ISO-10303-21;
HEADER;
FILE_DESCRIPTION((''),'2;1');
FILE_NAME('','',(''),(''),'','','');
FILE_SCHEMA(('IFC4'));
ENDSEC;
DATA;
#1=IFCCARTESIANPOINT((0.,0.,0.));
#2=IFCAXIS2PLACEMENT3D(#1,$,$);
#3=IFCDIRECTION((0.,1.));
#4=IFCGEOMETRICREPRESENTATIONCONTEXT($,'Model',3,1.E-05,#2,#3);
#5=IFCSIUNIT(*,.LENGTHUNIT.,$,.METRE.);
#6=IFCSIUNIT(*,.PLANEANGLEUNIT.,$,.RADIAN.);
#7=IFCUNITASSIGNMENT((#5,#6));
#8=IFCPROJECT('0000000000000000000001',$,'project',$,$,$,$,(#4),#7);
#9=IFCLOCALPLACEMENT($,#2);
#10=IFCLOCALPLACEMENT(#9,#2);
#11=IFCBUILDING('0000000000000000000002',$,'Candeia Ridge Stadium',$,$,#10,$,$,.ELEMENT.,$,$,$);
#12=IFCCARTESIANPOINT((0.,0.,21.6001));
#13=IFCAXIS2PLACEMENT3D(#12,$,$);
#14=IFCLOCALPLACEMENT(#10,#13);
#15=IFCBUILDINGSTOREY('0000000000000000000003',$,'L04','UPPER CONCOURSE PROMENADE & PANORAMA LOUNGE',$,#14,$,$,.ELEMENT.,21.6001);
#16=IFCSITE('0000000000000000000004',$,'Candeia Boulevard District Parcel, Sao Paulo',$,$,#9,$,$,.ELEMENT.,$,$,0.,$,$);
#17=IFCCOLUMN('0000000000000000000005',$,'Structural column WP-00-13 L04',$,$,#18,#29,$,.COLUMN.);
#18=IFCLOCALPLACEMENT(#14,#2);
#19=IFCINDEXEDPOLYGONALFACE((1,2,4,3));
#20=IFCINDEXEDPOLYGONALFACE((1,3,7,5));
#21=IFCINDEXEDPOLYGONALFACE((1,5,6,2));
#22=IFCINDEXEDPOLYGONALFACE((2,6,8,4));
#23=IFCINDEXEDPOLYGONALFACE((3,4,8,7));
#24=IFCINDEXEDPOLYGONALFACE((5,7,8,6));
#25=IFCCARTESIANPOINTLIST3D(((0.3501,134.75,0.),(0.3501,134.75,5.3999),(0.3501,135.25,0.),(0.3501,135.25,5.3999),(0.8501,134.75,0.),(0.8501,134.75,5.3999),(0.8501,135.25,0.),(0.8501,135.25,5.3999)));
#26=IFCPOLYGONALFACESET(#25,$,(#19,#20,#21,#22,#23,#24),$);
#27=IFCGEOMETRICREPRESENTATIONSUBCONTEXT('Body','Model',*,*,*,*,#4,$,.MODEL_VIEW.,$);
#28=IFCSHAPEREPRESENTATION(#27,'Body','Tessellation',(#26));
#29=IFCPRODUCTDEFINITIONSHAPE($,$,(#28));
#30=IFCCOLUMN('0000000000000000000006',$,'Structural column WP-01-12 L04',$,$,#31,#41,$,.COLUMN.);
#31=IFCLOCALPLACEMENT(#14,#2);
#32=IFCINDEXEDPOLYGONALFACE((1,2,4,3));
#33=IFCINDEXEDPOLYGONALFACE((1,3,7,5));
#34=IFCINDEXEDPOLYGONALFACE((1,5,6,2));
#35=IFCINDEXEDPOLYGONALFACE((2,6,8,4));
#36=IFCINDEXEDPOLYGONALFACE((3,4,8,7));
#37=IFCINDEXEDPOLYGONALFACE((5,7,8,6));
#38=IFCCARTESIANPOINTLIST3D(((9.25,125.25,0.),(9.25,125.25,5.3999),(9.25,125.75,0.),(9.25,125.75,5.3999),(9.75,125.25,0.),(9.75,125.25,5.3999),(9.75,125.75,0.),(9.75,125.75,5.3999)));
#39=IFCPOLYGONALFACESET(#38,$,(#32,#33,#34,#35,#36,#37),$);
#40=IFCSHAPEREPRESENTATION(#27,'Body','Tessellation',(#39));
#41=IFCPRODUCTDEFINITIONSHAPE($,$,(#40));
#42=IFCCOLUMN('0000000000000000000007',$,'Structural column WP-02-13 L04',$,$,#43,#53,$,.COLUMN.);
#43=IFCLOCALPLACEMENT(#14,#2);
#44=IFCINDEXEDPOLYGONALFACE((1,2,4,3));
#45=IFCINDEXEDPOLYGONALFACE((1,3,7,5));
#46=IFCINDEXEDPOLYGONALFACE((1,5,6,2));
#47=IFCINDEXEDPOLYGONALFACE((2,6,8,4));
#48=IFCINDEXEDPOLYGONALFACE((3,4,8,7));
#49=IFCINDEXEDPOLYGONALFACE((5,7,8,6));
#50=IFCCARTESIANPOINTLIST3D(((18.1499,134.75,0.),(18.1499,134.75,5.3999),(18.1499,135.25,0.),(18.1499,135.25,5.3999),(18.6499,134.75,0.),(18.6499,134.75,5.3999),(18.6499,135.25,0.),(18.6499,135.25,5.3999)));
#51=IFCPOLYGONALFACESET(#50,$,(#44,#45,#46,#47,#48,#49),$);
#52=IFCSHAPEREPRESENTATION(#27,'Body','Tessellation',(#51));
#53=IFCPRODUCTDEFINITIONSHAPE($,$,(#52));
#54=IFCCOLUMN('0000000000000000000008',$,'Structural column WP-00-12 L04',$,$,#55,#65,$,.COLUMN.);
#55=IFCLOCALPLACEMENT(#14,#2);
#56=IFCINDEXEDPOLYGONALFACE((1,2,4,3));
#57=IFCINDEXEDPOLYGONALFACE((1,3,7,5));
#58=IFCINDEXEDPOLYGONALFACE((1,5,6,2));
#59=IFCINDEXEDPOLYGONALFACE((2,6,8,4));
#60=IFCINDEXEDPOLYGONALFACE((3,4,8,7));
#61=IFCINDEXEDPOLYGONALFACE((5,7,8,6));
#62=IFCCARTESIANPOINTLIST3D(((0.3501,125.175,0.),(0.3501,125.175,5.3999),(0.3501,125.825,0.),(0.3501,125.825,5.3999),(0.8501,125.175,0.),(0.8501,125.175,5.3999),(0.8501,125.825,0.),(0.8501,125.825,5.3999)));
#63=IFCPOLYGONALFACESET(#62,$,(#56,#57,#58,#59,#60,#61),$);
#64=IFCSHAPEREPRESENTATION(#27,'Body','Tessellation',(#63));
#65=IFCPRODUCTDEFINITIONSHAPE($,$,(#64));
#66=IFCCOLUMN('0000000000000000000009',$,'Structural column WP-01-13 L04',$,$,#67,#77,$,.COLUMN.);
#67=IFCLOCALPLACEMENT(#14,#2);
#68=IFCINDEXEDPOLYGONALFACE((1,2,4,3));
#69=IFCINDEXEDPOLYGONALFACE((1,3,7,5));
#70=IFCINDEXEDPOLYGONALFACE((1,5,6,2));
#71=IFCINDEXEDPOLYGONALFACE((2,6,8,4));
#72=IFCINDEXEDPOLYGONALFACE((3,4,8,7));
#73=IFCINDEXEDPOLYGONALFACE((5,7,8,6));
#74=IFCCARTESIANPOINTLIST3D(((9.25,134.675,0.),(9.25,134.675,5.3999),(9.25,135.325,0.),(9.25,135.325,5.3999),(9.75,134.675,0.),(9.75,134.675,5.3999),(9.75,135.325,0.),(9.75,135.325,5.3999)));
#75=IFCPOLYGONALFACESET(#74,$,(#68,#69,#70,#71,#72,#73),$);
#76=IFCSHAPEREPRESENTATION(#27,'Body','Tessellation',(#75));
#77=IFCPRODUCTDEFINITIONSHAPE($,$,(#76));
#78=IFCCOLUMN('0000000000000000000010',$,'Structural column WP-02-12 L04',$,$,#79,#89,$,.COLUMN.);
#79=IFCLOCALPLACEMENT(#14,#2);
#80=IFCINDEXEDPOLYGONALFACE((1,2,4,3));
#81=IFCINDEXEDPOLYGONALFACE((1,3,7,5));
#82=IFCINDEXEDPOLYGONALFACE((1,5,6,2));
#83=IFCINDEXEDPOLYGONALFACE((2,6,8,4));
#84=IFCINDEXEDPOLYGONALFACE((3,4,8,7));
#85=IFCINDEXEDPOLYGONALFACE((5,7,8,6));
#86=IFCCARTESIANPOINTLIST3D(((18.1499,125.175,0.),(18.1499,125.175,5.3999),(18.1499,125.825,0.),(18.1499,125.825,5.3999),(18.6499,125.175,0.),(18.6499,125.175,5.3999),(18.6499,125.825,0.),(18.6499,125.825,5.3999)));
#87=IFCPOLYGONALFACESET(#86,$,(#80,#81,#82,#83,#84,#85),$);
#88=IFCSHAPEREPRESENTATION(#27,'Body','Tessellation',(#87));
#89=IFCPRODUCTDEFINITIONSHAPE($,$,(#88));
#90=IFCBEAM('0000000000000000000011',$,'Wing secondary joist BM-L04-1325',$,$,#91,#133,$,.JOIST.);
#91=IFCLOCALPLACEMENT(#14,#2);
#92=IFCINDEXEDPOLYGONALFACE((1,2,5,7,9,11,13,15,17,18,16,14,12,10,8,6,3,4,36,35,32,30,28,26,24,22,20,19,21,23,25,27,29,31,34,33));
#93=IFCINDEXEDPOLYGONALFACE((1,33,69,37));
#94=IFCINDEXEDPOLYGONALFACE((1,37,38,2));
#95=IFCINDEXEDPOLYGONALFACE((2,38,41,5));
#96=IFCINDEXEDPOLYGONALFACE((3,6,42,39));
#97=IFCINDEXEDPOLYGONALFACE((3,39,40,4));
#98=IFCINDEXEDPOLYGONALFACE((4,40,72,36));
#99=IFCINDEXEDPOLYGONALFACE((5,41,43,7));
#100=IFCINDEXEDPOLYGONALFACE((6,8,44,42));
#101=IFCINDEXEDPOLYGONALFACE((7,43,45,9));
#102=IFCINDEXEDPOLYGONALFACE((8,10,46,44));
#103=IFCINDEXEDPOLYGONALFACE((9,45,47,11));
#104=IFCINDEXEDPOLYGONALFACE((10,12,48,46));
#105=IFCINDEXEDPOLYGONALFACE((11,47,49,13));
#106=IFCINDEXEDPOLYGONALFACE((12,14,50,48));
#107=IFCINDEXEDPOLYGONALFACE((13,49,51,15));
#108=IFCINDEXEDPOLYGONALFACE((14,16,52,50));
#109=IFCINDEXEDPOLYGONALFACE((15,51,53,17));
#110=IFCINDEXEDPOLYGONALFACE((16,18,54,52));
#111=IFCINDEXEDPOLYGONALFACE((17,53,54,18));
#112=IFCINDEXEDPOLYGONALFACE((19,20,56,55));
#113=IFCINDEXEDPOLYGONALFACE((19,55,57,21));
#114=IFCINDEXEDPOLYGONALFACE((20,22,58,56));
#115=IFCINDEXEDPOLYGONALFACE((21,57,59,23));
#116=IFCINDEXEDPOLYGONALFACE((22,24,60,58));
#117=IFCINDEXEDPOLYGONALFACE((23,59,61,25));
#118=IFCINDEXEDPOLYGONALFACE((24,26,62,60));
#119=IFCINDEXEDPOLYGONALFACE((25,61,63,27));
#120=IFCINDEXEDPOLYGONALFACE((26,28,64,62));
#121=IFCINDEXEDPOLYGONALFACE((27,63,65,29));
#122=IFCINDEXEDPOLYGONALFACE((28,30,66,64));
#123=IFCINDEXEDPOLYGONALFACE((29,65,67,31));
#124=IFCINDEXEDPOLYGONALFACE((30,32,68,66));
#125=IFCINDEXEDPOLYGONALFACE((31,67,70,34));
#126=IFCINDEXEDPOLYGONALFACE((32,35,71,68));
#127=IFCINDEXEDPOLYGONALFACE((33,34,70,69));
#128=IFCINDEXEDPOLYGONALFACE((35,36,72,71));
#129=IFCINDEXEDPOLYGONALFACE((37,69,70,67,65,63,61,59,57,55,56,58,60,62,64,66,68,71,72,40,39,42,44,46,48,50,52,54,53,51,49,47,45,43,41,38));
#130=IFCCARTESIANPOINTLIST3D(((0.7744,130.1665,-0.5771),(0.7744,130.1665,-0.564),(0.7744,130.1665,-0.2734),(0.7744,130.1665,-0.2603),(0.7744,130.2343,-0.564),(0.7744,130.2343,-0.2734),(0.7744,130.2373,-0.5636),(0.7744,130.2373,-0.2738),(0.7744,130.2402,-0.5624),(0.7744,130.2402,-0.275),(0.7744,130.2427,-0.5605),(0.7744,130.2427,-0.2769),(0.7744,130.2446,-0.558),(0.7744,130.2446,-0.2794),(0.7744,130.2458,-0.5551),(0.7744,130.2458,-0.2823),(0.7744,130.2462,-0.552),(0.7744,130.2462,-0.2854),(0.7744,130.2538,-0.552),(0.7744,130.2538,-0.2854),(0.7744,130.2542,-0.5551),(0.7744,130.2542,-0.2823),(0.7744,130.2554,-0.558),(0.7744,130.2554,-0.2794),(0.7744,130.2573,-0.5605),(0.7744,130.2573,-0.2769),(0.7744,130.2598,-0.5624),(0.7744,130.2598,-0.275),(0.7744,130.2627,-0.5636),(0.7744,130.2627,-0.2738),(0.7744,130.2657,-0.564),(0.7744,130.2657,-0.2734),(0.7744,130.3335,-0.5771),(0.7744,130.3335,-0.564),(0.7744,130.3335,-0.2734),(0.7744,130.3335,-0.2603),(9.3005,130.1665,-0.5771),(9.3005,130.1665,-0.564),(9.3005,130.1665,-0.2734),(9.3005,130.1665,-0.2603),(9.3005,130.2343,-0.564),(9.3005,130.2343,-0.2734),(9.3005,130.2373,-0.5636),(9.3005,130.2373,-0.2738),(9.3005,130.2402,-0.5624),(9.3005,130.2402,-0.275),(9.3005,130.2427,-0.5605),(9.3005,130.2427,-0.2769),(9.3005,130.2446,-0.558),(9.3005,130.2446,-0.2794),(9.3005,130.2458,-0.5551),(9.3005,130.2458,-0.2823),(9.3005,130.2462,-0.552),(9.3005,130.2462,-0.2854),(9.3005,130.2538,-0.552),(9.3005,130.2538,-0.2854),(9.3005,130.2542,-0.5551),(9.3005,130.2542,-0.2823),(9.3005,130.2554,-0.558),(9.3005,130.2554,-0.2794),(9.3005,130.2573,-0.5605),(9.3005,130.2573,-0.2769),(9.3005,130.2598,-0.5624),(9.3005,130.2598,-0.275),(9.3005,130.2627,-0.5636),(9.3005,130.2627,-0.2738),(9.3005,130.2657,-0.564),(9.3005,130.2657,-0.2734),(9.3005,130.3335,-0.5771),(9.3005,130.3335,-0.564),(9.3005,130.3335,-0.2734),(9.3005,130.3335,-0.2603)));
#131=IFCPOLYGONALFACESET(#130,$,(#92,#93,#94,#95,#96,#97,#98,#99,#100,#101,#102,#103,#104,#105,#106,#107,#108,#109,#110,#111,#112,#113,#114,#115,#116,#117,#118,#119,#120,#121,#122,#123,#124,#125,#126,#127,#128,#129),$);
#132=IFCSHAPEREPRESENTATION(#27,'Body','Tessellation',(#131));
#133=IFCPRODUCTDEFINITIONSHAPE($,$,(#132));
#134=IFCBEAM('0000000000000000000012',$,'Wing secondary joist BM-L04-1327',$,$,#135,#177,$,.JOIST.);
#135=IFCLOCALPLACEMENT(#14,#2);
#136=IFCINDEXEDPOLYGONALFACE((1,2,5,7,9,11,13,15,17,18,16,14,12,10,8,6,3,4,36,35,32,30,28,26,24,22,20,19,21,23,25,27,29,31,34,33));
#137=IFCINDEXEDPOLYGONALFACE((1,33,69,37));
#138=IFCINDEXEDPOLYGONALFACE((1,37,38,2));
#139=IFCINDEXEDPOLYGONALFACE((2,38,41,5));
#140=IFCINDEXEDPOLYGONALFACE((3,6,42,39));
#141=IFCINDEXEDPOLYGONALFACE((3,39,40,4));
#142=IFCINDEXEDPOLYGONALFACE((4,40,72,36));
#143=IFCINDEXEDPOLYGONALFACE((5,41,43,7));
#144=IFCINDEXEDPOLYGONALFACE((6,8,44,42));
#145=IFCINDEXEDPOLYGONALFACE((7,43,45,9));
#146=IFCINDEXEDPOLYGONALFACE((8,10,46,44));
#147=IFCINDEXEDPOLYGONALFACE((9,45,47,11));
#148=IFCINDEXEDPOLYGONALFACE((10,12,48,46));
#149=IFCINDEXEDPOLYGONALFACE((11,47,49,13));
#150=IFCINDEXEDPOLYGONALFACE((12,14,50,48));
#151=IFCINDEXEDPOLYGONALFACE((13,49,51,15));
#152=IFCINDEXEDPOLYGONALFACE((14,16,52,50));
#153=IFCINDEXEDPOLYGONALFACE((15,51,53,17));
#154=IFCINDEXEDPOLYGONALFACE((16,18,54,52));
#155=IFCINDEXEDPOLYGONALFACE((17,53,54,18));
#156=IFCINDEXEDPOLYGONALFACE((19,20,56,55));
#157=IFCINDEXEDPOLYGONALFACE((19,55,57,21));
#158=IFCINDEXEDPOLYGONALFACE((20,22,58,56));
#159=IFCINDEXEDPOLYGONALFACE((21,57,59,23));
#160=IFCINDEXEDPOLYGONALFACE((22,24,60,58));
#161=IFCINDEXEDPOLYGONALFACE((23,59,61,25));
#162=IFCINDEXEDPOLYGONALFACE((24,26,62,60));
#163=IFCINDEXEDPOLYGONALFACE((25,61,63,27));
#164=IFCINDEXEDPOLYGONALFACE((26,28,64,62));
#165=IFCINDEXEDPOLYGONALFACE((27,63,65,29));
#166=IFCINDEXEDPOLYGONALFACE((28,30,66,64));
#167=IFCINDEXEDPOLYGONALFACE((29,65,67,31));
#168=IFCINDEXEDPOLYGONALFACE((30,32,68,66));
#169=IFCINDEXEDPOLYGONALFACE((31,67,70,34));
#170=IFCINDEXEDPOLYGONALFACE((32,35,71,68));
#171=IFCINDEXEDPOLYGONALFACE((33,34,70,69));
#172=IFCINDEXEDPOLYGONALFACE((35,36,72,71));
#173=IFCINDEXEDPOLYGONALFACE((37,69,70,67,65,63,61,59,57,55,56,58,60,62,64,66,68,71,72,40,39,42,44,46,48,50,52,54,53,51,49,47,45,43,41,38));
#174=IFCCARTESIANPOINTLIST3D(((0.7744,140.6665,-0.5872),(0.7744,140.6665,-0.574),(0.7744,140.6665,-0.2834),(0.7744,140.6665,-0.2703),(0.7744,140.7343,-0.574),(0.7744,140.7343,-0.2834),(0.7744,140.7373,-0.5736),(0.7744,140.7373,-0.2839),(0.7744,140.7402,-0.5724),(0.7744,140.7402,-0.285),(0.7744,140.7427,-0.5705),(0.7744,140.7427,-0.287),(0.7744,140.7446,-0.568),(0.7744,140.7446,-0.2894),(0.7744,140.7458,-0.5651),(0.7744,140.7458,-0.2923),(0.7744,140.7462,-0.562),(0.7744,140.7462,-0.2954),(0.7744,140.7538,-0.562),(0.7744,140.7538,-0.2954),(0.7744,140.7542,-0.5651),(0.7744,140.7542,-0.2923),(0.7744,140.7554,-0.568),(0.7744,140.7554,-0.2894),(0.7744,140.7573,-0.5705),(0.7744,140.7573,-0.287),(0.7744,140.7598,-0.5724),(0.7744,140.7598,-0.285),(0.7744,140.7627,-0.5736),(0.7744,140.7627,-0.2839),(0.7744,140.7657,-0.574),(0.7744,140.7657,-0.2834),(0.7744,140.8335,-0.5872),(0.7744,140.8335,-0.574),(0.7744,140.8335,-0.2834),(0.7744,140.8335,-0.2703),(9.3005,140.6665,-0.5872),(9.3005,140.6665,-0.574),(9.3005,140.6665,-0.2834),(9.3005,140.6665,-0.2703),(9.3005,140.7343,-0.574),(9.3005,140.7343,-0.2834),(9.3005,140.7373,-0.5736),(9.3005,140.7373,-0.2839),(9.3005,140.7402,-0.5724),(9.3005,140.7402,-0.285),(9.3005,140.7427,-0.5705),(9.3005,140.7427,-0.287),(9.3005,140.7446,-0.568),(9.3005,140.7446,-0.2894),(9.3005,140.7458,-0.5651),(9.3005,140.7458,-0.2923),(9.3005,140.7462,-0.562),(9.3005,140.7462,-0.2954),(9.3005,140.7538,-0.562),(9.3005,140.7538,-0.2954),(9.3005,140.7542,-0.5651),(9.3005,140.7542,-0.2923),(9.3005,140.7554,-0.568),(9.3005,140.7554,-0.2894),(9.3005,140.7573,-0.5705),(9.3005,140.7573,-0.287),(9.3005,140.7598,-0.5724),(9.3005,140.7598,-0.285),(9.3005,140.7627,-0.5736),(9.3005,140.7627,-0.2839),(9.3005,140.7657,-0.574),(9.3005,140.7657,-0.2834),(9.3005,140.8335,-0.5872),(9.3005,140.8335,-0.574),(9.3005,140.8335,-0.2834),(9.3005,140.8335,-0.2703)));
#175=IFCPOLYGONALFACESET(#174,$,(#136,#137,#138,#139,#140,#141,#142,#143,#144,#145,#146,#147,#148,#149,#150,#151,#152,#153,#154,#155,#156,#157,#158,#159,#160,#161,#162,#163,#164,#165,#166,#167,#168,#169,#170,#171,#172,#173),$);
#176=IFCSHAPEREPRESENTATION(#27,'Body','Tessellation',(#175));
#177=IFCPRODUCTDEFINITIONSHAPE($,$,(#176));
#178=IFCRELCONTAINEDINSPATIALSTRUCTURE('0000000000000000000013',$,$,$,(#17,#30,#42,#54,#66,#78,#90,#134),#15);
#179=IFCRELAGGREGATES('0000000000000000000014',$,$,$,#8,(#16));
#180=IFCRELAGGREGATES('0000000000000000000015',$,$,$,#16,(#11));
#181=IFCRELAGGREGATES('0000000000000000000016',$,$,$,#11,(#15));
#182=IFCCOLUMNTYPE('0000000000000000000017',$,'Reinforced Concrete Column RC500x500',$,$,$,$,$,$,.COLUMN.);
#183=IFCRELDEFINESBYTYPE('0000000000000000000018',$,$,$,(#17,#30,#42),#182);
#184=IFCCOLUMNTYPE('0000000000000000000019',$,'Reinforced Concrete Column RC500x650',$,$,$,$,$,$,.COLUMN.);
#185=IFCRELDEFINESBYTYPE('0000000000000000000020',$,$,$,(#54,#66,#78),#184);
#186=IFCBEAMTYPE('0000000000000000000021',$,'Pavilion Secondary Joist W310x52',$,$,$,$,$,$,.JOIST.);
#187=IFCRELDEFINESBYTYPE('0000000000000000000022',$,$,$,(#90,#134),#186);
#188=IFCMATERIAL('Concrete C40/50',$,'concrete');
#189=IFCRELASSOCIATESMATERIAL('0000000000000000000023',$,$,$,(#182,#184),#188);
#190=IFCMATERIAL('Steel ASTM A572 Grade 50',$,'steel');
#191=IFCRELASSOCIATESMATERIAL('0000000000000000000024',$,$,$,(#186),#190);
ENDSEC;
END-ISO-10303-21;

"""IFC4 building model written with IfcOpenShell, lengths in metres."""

from ifc_helpers import new_model, si_unit, direction, frame, origin, origin_2d, place, context, subcontext, project, spatial, rectangle, i_section, extrude, material, material_profile, profile_set, type_object, element, save


model = new_model("IFC4")

# Units and contexts
model_context = context("Model", 3, precision=1e-05, world=origin(), true_north=direction((0.0, 1.0)))
body_context = subcontext(model_context, "Body", "Model", "MODEL_VIEW")
ifc_project = project(units=[si_unit("LENGTHUNIT", "METRE"), si_unit("PLANEANGLEUNIT", "RADIAN")], contexts=[model_context])

# Site, building, storey
site_placement = place(None, origin())
site = spatial("IfcSite", under=ifc_project, at=site_placement, Name="Candeia Boulevard District Parcel, Sao Paulo", CompositionType="ELEMENT", RefElevation=0.0)
building_placement = place(site_placement, origin())
building = spatial("IfcBuilding", under=site, at=building_placement, Name="Candeia Ridge Stadium", CompositionType="ELEMENT")
storey_placement = place(building_placement, frame((0.0, 0.0, 21.6001)))
storey = spatial("IfcBuildingStorey", under=building, at=storey_placement, Name="L04", Description="UPPER CONCOURSE PROMENADE & PANORAMA LOUNGE", CompositionType="ELEMENT", Elevation=21.6001)

# Columns
ifc_material_1 = material(Name="Concrete C40/50", Category="concrete")
ifc_material_profile_1 = material_profile(ifc_material_1, rectangle(XDim=0.5, YDim=0.5, at=origin_2d()), Name="RC500x500", Category="concrete")
ifc_profile_set_1 = profile_set([ifc_material_profile_1], Name="Concrete C40/50")
column_type_1 = type_object("IfcColumnType", Name="Reinforced Concrete Column RC500x500", PredefinedType="COLUMN", material=ifc_profile_set_1)
for number, where, z_axis, x_axis, name in (
    (1, (0.6001, 135.0, 0.0), (0.0, 0.0, 1.0), (1.0, 0.0, 0.0), "Structural column WP-00-13 L04"),
    (2, (9.5, 125.5, 0.0), (0.0, 0.0, 1.0), (1.0, 0.0, 0.0), "Structural column WP-01-12 L04"),
    (3, (18.3999, 135.0, 0.0), (0.0, 0.0, 1.0), (1.0, 0.0, 0.0), "Structural column WP-02-13 L04"),
):
    element("IfcColumn", number, at=place(storey_placement, frame(where, z_axis=z_axis, x_axis=x_axis)), inside=storey, type_object=column_type_1, Name=name, PredefinedType="COLUMN", context=body_context, shape_type="SweptSolid", body=[
        extrude(rectangle(XDim=0.5, YDim=0.5, at=origin_2d()), origin(), (0.0, 0.0, 1.0), 5.3999),
    ])
ifc_material_profile_2 = material_profile(ifc_material_1, rectangle(XDim=0.5, YDim=0.6499, at=origin_2d()), Name="RC500x650", Category="concrete")
ifc_profile_set_2 = profile_set([ifc_material_profile_2], Name="Concrete C40/50")
column_type_2 = type_object("IfcColumnType", Name="Reinforced Concrete Column RC500x650", PredefinedType="COLUMN", material=ifc_profile_set_2)
for number, where, z_axis, x_axis, name in (
    (4, (0.6001, 125.5, 0.0), (0.0, 0.0, 1.0), (1.0, 0.0, 0.0), "Structural column WP-00-12 L04"),
    (5, (9.5, 135.0, 0.0), (0.0, 0.0, 1.0), (1.0, 0.0, 0.0), "Structural column WP-01-13 L04"),
    (6, (18.3999, 125.5, 0.0), (0.0, 0.0, 1.0), (1.0, 0.0, 0.0), "Structural column WP-02-12 L04"),
):
    element("IfcColumn", number, at=place(storey_placement, frame(where, z_axis=z_axis, x_axis=x_axis)), inside=storey, type_object=column_type_2, Name=name, PredefinedType="COLUMN", context=body_context, shape_type="SweptSolid", body=[
        extrude(rectangle(XDim=0.5, YDim=0.6499, at=origin_2d()), origin(), (0.0, 0.0, 1.0), 5.3999),
    ])

# Beams
ifc_material_2 = material(Name="Steel ASTM A572 Grade 50", Category="steel")
ifc_material_profile_3 = material_profile(ifc_material_2, i_section(OverallWidth=0.167, OverallDepth=0.3169, WebThickness=0.0076, FlangeThickness=0.0132, FilletRadius=0.012, at=origin_2d()), Name="W310x52", Category="steel")
ifc_profile_set_3 = profile_set([ifc_material_profile_3], Name="Steel ASTM A572 Grade 50")
beam_type_1 = type_object("IfcBeamType", Name="Pavilion Secondary Joist W310x52", PredefinedType="JOIST", material=ifc_profile_set_3)
for number, where, z_axis, x_axis, name in (
    (7, (0.7744, 130.25, -0.4187), (1.0, 0.0, 0.0), (0.0, 1.0, 0.0), "Wing secondary joist BM-L04-1325"),
    (8, (0.7744, 140.75, -0.4287), (1.0, 0.0, 0.0), (0.0, 1.0, 0.0), "Wing secondary joist BM-L04-1327"),
):
    element("IfcBeam", number, at=place(storey_placement, frame(where, z_axis=z_axis, x_axis=x_axis)), inside=storey, type_object=beam_type_1, Name=name, PredefinedType="JOIST", context=body_context, shape_type="SweptSolid", body=[
        extrude(i_section(OverallWidth=0.167, OverallDepth=0.3169, WebThickness=0.0076, FlangeThickness=0.0132, FilletRadius=0.012, at=origin_2d()), origin(), (0.0, 0.0, 1.0), 8.5261),
    ])

save(model, "model.ifc")
